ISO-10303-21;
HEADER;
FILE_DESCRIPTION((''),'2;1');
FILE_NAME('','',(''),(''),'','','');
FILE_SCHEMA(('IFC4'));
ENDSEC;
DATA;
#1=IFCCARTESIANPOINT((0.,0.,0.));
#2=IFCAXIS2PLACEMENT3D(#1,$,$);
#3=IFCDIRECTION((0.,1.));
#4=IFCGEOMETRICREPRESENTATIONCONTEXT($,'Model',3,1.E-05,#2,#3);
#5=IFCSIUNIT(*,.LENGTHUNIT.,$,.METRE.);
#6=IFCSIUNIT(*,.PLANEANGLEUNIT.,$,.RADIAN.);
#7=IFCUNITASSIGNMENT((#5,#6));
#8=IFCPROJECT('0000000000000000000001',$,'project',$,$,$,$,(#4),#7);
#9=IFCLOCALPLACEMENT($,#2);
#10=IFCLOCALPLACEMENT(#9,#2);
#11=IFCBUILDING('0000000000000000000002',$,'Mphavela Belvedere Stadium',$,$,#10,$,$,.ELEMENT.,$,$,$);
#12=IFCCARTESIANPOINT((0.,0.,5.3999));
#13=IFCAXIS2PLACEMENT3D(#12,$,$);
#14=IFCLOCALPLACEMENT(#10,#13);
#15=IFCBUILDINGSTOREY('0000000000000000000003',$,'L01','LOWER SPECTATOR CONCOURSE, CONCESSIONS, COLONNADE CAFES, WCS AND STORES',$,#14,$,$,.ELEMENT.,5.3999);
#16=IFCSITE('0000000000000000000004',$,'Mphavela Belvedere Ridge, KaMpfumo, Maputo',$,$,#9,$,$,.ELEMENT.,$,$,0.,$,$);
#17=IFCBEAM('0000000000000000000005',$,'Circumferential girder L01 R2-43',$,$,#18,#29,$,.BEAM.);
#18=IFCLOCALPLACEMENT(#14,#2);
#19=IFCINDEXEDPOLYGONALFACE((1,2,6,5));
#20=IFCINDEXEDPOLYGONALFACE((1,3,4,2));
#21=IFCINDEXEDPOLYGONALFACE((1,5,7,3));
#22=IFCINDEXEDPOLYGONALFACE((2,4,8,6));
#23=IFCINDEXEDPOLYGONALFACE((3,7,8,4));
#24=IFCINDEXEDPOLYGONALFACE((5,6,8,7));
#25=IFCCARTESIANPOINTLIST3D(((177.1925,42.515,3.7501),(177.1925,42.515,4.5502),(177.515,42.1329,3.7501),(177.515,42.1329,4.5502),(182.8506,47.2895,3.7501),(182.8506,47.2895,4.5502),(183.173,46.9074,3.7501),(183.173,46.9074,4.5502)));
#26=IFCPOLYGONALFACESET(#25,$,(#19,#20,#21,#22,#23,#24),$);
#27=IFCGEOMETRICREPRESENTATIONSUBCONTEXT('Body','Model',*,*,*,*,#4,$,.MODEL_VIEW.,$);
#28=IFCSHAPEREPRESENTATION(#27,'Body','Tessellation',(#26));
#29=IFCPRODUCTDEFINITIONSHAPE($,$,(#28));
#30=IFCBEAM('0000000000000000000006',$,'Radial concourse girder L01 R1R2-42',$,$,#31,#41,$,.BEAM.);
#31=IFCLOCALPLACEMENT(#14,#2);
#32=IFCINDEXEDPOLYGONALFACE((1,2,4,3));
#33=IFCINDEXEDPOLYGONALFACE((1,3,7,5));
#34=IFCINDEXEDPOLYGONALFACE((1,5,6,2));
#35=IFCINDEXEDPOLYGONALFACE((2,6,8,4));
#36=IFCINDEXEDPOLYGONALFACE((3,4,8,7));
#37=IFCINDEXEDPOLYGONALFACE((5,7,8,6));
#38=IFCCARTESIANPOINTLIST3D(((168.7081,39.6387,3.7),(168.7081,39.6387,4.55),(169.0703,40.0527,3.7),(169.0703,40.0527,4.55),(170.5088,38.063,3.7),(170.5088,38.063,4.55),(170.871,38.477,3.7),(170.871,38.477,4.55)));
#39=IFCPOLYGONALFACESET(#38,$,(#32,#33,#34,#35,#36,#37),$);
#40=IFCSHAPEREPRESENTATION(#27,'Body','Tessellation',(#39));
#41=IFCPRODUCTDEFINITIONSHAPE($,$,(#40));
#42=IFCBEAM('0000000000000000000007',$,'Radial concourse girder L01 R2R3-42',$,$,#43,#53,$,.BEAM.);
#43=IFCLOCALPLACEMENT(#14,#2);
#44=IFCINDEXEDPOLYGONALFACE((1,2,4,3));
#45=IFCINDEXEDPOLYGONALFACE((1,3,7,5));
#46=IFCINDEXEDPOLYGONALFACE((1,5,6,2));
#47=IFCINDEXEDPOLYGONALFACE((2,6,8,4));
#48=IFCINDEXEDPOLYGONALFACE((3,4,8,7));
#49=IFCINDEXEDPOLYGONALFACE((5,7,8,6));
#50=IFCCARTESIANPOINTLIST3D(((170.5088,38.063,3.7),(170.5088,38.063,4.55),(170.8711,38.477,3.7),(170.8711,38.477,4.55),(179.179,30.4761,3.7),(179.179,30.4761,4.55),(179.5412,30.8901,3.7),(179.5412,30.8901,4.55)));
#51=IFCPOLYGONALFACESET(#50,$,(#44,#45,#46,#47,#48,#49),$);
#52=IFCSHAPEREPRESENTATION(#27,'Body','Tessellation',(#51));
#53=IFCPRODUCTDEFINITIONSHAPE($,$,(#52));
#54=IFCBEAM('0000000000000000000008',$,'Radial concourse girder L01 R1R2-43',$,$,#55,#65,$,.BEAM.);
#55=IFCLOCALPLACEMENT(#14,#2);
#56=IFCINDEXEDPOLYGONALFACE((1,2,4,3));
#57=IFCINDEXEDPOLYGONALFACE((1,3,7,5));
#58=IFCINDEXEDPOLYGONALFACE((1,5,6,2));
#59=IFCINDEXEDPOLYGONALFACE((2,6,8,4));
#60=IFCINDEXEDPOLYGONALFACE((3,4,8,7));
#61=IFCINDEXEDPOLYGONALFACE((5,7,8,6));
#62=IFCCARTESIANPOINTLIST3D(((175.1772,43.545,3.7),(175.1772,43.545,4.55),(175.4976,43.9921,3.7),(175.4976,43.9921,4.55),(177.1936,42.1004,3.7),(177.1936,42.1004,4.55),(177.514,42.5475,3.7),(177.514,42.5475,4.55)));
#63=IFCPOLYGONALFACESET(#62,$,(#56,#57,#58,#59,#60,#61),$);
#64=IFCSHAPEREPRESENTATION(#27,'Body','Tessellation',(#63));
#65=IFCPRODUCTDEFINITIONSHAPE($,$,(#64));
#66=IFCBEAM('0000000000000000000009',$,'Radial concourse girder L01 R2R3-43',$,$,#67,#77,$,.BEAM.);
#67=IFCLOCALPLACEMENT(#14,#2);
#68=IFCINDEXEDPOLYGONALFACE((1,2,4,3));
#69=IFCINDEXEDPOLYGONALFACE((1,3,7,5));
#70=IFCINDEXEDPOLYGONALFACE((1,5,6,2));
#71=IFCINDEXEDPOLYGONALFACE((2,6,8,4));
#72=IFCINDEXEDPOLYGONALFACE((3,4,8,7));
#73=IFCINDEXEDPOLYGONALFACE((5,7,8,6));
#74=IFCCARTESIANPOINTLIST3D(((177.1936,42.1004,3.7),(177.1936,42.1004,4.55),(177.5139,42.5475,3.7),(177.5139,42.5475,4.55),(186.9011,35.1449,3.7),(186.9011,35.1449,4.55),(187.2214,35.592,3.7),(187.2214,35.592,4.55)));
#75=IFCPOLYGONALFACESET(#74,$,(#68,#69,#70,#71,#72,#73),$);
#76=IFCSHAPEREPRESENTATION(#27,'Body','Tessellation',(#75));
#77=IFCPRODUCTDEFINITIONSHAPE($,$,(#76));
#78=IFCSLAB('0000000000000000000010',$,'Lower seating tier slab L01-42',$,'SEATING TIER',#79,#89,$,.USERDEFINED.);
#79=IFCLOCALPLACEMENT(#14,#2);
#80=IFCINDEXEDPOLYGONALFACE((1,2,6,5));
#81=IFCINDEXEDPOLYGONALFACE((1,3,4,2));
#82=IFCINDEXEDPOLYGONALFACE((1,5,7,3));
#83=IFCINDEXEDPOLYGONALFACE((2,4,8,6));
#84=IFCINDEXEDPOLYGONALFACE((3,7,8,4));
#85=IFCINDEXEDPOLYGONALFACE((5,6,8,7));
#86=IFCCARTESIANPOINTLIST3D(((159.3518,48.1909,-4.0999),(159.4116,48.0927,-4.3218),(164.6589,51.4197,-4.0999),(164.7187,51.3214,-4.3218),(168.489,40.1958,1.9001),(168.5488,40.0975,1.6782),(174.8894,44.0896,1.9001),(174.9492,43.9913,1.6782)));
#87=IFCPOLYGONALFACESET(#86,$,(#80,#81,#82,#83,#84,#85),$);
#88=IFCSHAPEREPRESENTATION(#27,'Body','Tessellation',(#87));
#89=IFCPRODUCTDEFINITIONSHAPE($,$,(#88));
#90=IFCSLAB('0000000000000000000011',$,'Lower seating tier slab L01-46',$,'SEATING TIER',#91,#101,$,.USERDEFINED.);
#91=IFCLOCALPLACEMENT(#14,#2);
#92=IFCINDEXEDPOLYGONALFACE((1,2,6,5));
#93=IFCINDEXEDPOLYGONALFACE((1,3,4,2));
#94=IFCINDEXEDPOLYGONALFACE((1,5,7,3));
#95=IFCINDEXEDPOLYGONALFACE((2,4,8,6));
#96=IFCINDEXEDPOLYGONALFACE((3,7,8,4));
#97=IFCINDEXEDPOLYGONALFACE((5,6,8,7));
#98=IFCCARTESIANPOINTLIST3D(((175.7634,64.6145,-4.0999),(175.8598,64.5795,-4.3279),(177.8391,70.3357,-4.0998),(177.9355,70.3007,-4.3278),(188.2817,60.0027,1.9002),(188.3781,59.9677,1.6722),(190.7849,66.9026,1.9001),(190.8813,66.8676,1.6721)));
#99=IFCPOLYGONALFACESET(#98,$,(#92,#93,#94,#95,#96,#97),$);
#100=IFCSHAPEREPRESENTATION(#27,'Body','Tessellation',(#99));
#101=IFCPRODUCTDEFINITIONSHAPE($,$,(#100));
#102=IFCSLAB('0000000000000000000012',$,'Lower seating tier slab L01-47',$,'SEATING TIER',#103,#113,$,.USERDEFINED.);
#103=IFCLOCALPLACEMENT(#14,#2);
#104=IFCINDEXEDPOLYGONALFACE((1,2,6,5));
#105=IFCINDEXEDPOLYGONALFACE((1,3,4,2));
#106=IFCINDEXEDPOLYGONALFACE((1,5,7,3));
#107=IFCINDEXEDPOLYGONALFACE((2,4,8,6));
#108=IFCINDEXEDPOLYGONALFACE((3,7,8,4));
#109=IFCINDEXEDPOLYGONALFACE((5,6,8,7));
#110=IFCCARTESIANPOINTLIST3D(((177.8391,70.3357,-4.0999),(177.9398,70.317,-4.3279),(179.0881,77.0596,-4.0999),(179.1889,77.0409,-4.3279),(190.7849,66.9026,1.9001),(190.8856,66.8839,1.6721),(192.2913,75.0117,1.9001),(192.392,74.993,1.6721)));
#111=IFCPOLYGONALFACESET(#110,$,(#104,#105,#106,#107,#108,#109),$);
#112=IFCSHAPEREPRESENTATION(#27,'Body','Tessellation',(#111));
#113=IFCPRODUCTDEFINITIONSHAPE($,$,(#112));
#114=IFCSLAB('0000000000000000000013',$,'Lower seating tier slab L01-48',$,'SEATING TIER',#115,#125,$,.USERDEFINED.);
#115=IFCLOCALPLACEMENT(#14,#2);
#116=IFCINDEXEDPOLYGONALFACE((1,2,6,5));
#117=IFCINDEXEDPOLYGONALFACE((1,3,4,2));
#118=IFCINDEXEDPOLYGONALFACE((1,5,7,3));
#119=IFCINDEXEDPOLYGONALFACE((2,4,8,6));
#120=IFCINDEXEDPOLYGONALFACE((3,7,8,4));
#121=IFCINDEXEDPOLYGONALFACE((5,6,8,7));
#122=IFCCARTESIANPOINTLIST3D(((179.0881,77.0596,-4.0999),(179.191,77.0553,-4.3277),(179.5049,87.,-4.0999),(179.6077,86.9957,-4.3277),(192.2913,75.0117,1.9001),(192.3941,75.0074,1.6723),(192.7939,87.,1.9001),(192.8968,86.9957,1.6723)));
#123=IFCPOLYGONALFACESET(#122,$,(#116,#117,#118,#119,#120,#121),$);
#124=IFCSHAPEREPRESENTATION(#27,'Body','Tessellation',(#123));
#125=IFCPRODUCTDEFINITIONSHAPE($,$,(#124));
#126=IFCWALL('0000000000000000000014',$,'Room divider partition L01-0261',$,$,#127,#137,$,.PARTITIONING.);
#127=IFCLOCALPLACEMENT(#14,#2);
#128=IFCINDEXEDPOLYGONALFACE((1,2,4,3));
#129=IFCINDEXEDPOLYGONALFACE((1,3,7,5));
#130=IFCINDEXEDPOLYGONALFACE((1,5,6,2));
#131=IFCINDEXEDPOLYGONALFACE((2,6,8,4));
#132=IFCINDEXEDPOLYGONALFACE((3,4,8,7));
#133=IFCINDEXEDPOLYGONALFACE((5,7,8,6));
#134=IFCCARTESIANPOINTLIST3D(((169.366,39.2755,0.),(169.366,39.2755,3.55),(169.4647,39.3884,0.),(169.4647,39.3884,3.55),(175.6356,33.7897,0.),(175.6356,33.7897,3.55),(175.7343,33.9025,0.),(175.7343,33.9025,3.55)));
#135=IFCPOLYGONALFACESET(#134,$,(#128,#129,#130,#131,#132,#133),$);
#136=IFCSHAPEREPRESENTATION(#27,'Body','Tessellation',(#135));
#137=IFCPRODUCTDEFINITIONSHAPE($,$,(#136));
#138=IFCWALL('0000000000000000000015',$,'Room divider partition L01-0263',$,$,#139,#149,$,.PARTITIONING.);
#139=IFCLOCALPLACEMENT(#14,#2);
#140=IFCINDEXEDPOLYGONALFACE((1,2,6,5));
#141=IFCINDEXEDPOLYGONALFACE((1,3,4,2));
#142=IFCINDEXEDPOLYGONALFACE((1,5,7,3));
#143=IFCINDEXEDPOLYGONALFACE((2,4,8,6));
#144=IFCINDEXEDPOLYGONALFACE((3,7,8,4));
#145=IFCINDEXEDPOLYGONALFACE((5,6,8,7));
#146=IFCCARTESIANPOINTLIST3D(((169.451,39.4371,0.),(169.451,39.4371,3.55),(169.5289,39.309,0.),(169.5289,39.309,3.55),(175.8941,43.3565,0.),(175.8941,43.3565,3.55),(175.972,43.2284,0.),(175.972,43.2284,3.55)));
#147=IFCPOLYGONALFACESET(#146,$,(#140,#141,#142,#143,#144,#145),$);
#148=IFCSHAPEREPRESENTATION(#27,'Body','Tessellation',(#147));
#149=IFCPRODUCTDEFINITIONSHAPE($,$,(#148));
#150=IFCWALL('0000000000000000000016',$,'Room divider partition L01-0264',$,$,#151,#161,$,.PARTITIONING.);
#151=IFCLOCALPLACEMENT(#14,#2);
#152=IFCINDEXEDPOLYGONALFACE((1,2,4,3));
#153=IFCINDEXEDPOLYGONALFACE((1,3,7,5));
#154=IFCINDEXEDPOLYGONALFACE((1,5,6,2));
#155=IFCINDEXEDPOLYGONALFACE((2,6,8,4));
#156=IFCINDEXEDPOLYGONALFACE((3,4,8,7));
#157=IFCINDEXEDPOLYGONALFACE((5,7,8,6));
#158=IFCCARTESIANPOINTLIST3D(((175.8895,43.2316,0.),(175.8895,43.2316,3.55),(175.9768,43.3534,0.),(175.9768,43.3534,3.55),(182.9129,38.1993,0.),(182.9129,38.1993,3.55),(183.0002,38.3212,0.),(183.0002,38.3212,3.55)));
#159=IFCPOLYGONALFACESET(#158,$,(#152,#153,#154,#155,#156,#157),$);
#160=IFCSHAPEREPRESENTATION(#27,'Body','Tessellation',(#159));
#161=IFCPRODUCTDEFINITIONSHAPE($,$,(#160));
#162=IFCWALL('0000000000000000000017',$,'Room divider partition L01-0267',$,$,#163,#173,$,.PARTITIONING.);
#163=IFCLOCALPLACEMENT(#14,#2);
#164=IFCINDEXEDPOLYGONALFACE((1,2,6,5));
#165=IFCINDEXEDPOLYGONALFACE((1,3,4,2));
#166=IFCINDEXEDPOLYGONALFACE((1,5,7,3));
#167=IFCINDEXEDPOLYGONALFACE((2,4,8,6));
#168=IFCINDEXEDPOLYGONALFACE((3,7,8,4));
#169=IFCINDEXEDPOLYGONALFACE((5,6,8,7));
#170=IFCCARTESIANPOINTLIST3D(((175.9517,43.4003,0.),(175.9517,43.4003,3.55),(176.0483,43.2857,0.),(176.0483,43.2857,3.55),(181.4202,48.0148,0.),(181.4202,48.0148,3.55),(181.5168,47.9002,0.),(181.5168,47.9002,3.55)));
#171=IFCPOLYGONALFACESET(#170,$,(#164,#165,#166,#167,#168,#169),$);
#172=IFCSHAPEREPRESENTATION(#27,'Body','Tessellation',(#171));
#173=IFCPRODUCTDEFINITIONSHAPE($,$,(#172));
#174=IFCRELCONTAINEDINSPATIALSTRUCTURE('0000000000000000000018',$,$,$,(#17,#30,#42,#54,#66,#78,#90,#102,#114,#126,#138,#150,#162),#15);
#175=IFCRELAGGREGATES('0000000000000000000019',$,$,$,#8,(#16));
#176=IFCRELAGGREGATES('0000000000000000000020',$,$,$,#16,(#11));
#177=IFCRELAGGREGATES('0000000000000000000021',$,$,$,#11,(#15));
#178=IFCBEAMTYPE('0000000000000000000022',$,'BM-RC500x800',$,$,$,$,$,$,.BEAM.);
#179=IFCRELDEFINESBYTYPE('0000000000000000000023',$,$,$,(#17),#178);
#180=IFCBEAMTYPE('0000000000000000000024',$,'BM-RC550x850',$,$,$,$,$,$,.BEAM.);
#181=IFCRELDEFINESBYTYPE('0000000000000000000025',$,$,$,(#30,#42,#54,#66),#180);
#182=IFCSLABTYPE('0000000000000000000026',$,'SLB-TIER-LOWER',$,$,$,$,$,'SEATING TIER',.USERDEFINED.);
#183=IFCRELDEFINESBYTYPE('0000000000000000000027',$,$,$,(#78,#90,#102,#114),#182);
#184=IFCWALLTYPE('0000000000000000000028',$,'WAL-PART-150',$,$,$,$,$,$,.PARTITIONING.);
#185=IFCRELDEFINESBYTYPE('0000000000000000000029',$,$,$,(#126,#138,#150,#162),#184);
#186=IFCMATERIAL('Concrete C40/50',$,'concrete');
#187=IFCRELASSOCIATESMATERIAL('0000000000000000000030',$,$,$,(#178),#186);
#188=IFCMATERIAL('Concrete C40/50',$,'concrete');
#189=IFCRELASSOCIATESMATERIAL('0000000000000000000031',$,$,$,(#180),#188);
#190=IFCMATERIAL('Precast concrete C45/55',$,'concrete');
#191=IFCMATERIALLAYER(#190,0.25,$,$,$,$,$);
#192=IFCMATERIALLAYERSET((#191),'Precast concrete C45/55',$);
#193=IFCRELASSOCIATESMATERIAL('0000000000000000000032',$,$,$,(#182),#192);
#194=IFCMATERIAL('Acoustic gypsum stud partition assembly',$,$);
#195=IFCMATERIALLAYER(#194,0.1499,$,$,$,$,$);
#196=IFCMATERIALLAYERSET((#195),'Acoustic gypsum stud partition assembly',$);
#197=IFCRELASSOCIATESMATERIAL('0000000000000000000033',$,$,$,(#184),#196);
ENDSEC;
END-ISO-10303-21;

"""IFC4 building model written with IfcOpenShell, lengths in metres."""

from ifc_helpers import new_model, si_unit, direction, frame, frame_2d, origin, origin_2d, place, context, subcontext, project, spatial, polyline, rectangle, outline, extrude, material, layer, layer_set, material_profile, profile_set, type_object, element, save


model = new_model("IFC4")

# Units and contexts
model_context = context("Model", 3, precision=1e-05, world=origin(), true_north=direction((0.0, 1.0)))
body_context = subcontext(model_context, "Body", "Model", "MODEL_VIEW")
ifc_project = project(units=[si_unit("LENGTHUNIT", "METRE"), si_unit("PLANEANGLEUNIT", "RADIAN")], contexts=[model_context])

# Site, building, storey
site_placement = place(None, origin())
site = spatial("IfcSite", under=ifc_project, at=site_placement, Name="Mphavela Belvedere Ridge, KaMpfumo, Maputo", CompositionType="ELEMENT", RefElevation=0.0)
building_placement = place(site_placement, origin())
building = spatial("IfcBuilding", under=site, at=building_placement, Name="Mphavela Belvedere Stadium", CompositionType="ELEMENT")
storey_placement = place(building_placement, frame((0.0, 0.0, 5.3999)))
storey = spatial("IfcBuildingStorey", under=building, at=storey_placement, Name="L01", Description="LOWER SPECTATOR CONCOURSE, CONCESSIONS, COLONNADE CAFES, WCS AND STORES", CompositionType="ELEMENT", Elevation=5.3999)

# Beams
ifc_material_1 = material(Name="Concrete C40/50", Category="concrete")
ifc_material_profile_1 = material_profile(ifc_material_1, rectangle(XDim=0.5, YDim=0.8, at=origin_2d()), Name="RC 500x800")
ifc_profile_set_1 = profile_set([ifc_material_profile_1], Name="Concrete C40/50")
beam_type_1 = type_object("IfcBeamType", Name="BM-RC500x800", PredefinedType="BEAM", material=ifc_profile_set_1)
beam_1_placement = place(storey_placement, frame((177.3538, 42.324, 4.1501), z_axis=(0.764257, 0.644911, 0.0), x_axis=(-0.644911, 0.764257, 0.0)))
element("IfcBeam", 1, at=beam_1_placement, inside=storey, type_object=beam_type_1, Name="Circumferential girder L01 R2-43", PredefinedType="BEAM", context=body_context, shape_type="SweptSolid", body=[
    extrude(rectangle(XDim=0.5, YDim=0.8, at=origin_2d()), origin(), (0.0, 0.0, 1.0), 7.4033),
])
ifc_material_2 = material(Name="Concrete C40/50", Category="concrete")
ifc_material_profile_2 = material_profile(ifc_material_2, rectangle(XDim=0.55, YDim=0.8501, at=origin_2d()), Name="RC 550x850")
ifc_profile_set_2 = profile_set([ifc_material_profile_2], Name="Concrete C40/50")
beam_type_2 = type_object("IfcBeamType", Name="BM-RC550x850", PredefinedType="BEAM", material=ifc_profile_set_2)
beam_2_placement = place(storey_placement, frame((168.8892, 39.8457, 4.125), z_axis=(0.752577, -0.658505, 0.0), x_axis=(0.658505, 0.752577, 0.0)))
element("IfcBeam", 2, at=beam_2_placement, inside=storey, type_object=beam_type_2, Name="Radial concourse girder L01 R1R2-42", PredefinedType="BEAM", context=body_context, shape_type="SweptSolid", body=[
    extrude(rectangle(XDim=0.55, YDim=0.8501, at=origin_2d()), origin(), (0.0, 0.0, 1.0), 2.3928),
])
beam_3_placement = place(storey_placement, frame((170.6899, 38.27, 4.125), z_axis=(0.752554, -0.65853, 0.0), x_axis=(0.65853, 0.752554, 0.0)))
element("IfcBeam", 3, at=beam_3_placement, inside=storey, type_object=beam_type_2, Name="Radial concourse girder L01 R2R3-42", PredefinedType="BEAM", context=body_context, shape_type="SweptSolid", body=[
    extrude(rectangle(XDim=0.55, YDim=0.8501, at=origin_2d()), origin(), (0.0, 0.0, 1.0), 11.521),
])
beam_4_placement = place(storey_placement, frame((175.3374, 43.7686, 4.125), z_axis=(0.812908, -0.582392, 0.0), x_axis=(0.582392, 0.812908, 0.0)))
element("IfcBeam", 4, at=beam_4_placement, inside=storey, type_object=beam_type_2, Name="Radial concourse girder L01 R1R2-43", PredefinedType="BEAM", context=body_context, shape_type="SweptSolid", body=[
    extrude(rectangle(XDim=0.55, YDim=0.8501, at=origin_2d()), origin(), (0.0, 0.0, 1.0), 2.4805),
])
beam_5_placement = place(storey_placement, frame((177.3538, 42.324, 4.125), z_axis=(0.812876, -0.582437, 0.0), x_axis=(0.582437, 0.812876, 0.0)))
element("IfcBeam", 5, at=beam_5_placement, inside=storey, type_object=beam_type_2, Name="Radial concourse girder L01 R2R3-43", PredefinedType="BEAM", context=body_context, shape_type="SweptSolid", body=[
    extrude(rectangle(XDim=0.55, YDim=0.8501, at=origin_2d()), origin(), (0.0, 0.0, 1.0), 11.9421),
])

# Slabs
ifc_material_3 = material(Name="Precast concrete C45/55", Category="concrete")
ifc_layer_1 = layer(ifc_material_3, 0.25)
ifc_layer_set_1 = layer_set([ifc_layer_1], Name="Precast concrete C45/55")
slab_type = type_object("IfcSlabType", Name="SLB-TIER-LOWER", ElementType="SEATING TIER", PredefinedType="USERDEFINED", material=ifc_layer_set_1)
slab_1_placement = place(storey_placement, frame((159.3518, 48.1909, -4.0999), z_axis=(-0.239118, 0.393043, 0.887885), x_axis=(0.854318, 0.51975, -0.000002)))
element("IfcSlab", 6, at=slab_1_placement, inside=storey, type_object=slab_type, Name="Lower seating tier slab L01-42", ObjectType="SEATING TIER", PredefinedType="USERDEFINED", context=body_context, shape_type="SweptSolid", body=[
    extrude(outline(polyline([(0.0, 0.0), (6.2121, 0.0), (11.1424, -13.0417), (3.6506, -13.0416), (0.0, 0.0)])), origin(), (0.0, 0.0, -1.0), 0.25),
])
slab_2_placement = place(storey_placement, frame((175.7634, 64.6145, -4.0999), z_axis=(-0.385588, 0.139889, 0.912005), x_axis=(0.341052, 0.940044, 0.000004)))
element("IfcSlab", 7, at=slab_2_placement, inside=storey, type_object=slab_type, Name="Lower seating tier slab L01-46", ObjectType="SEATING TIER", PredefinedType="USERDEFINED", context=body_context, shape_type="SweptSolid", body=[
    extrude(outline(polyline([(0.0, 0.0), (6.0861, 0.0), (7.274, -14.6277), (-0.0659, -14.6278), (0.0, 0.0)])), origin(), (0.0, 0.0, -1.0), 0.25),
])
slab_3_placement = place(storey_placement, frame((177.8391, 70.3357, -4.0999), z_axis=(-0.402916, 0.074846, 0.912171), x_axis=(0.182635, 0.983181, 0.0)))
element("IfcSlab", 8, at=slab_3_placement, inside=storey, type_object=slab_type, Name="Lower seating tier slab L01-47", ObjectType="SEATING TIER", PredefinedType="USERDEFINED", context=body_context, shape_type="SweptSolid", body=[
    extrude(outline(polyline([(0.0, 0.0), (6.8389, 0.0), (7.2368, -14.641), (-1.011, -14.641), (0.0, 0.0)])), origin(), (0.0, 0.0, -1.0), 0.25),
])
slab_4_placement = place(storey_placement, frame((179.0881, 77.0596, -4.0999), z_axis=(-0.41144, 0.017251, 0.911273), x_axis=(0.041888, 0.999122, -0.000001)))
element("IfcSlab", 9, at=slab_4_placement, inside=storey, type_object=slab_type, Name="Lower seating tier slab L01-48", ObjectType="SEATING TIER", PredefinedType="USERDEFINED", context=body_context, shape_type="SweptSolid", body=[
    extrude(outline(polyline([(0.0, 0.0), (9.9492, 0.0), (10.5058, -14.5702), (-1.493, -14.5701), (0.0, 0.0)])), origin(), (0.0, 0.0, -1.0), 0.25),
])

# Walls
ifc_material_4 = material(Name="Acoustic gypsum stud partition assembly")
ifc_layer_2 = layer(ifc_material_4, 0.1499)
ifc_layer_set_2 = layer_set([ifc_layer_2], Name="Acoustic gypsum stud partition assembly")
wall_type = type_object("IfcWallType", Name="WAL-PART-150", PredefinedType="PARTITIONING", material=ifc_layer_set_2)
wall_1_placement = place(storey_placement, frame((169.4153, 39.332, 0.0), z_axis=(0.0, 0.0, 1.0), x_axis=(0.752577, -0.658505, 0.0)))
element("IfcWall", 10, at=wall_1_placement, inside=storey, type_object=wall_type, Name="Room divider partition L01-0261", PredefinedType="PARTITIONING", context=body_context, shape_type="SweptSolid", body=[
    extrude(rectangle(XDim=8.3308, YDim=0.1499, at=frame_2d((4.1655, 0.0))), origin(), (0.0, 0.0, 1.0), 3.55),
])
wall_2_placement = place(storey_placement, frame((169.49, 39.373, 0.0), z_axis=(0.0, 0.0, 1.0), x_axis=(0.854344, 0.519709, 0.0)))
element("IfcWall", 11, at=wall_2_placement, inside=storey, type_object=wall_type, Name="Room divider partition L01-0263", PredefinedType="PARTITIONING", context=body_context, shape_type="SweptSolid", body=[
    extrude(rectangle(XDim=7.5415, YDim=0.1499, at=frame_2d((3.7708, 0.0))), origin(), (0.0, 0.0, 1.0), 3.55),
])
wall_3_placement = place(storey_placement, frame((175.9331, 43.2925, 0.0), z_axis=(0.0, 0.0, 1.0), x_axis=(0.812885, -0.582424, 0.0)))
element("IfcWall", 12, at=wall_3_placement, inside=storey, type_object=wall_type, Name="Room divider partition L01-0264", PredefinedType="PARTITIONING", context=body_context, shape_type="SweptSolid", body=[
    extrude(rectangle(XDim=8.6401, YDim=0.1499, at=frame_2d((4.3201, 0.0))), origin(), (0.0, 0.0, 1.0), 3.55),
])
wall_4_placement = place(storey_placement, frame((176.0, 43.343, 0.0), z_axis=(0.0, 0.0, 1.0), x_axis=(0.76426, 0.644908, 0.0)))
element("IfcWall", 13, at=wall_4_placement, inside=storey, type_object=wall_type, Name="Room divider partition L01-0267", PredefinedType="PARTITIONING", context=body_context, shape_type="SweptSolid", body=[
    extrude(rectangle(XDim=7.1553, YDim=0.1499, at=frame_2d((3.5776, 0.0))), origin(), (0.0, 0.0, 1.0), 3.55),
])

save(model, "model.ifc")
